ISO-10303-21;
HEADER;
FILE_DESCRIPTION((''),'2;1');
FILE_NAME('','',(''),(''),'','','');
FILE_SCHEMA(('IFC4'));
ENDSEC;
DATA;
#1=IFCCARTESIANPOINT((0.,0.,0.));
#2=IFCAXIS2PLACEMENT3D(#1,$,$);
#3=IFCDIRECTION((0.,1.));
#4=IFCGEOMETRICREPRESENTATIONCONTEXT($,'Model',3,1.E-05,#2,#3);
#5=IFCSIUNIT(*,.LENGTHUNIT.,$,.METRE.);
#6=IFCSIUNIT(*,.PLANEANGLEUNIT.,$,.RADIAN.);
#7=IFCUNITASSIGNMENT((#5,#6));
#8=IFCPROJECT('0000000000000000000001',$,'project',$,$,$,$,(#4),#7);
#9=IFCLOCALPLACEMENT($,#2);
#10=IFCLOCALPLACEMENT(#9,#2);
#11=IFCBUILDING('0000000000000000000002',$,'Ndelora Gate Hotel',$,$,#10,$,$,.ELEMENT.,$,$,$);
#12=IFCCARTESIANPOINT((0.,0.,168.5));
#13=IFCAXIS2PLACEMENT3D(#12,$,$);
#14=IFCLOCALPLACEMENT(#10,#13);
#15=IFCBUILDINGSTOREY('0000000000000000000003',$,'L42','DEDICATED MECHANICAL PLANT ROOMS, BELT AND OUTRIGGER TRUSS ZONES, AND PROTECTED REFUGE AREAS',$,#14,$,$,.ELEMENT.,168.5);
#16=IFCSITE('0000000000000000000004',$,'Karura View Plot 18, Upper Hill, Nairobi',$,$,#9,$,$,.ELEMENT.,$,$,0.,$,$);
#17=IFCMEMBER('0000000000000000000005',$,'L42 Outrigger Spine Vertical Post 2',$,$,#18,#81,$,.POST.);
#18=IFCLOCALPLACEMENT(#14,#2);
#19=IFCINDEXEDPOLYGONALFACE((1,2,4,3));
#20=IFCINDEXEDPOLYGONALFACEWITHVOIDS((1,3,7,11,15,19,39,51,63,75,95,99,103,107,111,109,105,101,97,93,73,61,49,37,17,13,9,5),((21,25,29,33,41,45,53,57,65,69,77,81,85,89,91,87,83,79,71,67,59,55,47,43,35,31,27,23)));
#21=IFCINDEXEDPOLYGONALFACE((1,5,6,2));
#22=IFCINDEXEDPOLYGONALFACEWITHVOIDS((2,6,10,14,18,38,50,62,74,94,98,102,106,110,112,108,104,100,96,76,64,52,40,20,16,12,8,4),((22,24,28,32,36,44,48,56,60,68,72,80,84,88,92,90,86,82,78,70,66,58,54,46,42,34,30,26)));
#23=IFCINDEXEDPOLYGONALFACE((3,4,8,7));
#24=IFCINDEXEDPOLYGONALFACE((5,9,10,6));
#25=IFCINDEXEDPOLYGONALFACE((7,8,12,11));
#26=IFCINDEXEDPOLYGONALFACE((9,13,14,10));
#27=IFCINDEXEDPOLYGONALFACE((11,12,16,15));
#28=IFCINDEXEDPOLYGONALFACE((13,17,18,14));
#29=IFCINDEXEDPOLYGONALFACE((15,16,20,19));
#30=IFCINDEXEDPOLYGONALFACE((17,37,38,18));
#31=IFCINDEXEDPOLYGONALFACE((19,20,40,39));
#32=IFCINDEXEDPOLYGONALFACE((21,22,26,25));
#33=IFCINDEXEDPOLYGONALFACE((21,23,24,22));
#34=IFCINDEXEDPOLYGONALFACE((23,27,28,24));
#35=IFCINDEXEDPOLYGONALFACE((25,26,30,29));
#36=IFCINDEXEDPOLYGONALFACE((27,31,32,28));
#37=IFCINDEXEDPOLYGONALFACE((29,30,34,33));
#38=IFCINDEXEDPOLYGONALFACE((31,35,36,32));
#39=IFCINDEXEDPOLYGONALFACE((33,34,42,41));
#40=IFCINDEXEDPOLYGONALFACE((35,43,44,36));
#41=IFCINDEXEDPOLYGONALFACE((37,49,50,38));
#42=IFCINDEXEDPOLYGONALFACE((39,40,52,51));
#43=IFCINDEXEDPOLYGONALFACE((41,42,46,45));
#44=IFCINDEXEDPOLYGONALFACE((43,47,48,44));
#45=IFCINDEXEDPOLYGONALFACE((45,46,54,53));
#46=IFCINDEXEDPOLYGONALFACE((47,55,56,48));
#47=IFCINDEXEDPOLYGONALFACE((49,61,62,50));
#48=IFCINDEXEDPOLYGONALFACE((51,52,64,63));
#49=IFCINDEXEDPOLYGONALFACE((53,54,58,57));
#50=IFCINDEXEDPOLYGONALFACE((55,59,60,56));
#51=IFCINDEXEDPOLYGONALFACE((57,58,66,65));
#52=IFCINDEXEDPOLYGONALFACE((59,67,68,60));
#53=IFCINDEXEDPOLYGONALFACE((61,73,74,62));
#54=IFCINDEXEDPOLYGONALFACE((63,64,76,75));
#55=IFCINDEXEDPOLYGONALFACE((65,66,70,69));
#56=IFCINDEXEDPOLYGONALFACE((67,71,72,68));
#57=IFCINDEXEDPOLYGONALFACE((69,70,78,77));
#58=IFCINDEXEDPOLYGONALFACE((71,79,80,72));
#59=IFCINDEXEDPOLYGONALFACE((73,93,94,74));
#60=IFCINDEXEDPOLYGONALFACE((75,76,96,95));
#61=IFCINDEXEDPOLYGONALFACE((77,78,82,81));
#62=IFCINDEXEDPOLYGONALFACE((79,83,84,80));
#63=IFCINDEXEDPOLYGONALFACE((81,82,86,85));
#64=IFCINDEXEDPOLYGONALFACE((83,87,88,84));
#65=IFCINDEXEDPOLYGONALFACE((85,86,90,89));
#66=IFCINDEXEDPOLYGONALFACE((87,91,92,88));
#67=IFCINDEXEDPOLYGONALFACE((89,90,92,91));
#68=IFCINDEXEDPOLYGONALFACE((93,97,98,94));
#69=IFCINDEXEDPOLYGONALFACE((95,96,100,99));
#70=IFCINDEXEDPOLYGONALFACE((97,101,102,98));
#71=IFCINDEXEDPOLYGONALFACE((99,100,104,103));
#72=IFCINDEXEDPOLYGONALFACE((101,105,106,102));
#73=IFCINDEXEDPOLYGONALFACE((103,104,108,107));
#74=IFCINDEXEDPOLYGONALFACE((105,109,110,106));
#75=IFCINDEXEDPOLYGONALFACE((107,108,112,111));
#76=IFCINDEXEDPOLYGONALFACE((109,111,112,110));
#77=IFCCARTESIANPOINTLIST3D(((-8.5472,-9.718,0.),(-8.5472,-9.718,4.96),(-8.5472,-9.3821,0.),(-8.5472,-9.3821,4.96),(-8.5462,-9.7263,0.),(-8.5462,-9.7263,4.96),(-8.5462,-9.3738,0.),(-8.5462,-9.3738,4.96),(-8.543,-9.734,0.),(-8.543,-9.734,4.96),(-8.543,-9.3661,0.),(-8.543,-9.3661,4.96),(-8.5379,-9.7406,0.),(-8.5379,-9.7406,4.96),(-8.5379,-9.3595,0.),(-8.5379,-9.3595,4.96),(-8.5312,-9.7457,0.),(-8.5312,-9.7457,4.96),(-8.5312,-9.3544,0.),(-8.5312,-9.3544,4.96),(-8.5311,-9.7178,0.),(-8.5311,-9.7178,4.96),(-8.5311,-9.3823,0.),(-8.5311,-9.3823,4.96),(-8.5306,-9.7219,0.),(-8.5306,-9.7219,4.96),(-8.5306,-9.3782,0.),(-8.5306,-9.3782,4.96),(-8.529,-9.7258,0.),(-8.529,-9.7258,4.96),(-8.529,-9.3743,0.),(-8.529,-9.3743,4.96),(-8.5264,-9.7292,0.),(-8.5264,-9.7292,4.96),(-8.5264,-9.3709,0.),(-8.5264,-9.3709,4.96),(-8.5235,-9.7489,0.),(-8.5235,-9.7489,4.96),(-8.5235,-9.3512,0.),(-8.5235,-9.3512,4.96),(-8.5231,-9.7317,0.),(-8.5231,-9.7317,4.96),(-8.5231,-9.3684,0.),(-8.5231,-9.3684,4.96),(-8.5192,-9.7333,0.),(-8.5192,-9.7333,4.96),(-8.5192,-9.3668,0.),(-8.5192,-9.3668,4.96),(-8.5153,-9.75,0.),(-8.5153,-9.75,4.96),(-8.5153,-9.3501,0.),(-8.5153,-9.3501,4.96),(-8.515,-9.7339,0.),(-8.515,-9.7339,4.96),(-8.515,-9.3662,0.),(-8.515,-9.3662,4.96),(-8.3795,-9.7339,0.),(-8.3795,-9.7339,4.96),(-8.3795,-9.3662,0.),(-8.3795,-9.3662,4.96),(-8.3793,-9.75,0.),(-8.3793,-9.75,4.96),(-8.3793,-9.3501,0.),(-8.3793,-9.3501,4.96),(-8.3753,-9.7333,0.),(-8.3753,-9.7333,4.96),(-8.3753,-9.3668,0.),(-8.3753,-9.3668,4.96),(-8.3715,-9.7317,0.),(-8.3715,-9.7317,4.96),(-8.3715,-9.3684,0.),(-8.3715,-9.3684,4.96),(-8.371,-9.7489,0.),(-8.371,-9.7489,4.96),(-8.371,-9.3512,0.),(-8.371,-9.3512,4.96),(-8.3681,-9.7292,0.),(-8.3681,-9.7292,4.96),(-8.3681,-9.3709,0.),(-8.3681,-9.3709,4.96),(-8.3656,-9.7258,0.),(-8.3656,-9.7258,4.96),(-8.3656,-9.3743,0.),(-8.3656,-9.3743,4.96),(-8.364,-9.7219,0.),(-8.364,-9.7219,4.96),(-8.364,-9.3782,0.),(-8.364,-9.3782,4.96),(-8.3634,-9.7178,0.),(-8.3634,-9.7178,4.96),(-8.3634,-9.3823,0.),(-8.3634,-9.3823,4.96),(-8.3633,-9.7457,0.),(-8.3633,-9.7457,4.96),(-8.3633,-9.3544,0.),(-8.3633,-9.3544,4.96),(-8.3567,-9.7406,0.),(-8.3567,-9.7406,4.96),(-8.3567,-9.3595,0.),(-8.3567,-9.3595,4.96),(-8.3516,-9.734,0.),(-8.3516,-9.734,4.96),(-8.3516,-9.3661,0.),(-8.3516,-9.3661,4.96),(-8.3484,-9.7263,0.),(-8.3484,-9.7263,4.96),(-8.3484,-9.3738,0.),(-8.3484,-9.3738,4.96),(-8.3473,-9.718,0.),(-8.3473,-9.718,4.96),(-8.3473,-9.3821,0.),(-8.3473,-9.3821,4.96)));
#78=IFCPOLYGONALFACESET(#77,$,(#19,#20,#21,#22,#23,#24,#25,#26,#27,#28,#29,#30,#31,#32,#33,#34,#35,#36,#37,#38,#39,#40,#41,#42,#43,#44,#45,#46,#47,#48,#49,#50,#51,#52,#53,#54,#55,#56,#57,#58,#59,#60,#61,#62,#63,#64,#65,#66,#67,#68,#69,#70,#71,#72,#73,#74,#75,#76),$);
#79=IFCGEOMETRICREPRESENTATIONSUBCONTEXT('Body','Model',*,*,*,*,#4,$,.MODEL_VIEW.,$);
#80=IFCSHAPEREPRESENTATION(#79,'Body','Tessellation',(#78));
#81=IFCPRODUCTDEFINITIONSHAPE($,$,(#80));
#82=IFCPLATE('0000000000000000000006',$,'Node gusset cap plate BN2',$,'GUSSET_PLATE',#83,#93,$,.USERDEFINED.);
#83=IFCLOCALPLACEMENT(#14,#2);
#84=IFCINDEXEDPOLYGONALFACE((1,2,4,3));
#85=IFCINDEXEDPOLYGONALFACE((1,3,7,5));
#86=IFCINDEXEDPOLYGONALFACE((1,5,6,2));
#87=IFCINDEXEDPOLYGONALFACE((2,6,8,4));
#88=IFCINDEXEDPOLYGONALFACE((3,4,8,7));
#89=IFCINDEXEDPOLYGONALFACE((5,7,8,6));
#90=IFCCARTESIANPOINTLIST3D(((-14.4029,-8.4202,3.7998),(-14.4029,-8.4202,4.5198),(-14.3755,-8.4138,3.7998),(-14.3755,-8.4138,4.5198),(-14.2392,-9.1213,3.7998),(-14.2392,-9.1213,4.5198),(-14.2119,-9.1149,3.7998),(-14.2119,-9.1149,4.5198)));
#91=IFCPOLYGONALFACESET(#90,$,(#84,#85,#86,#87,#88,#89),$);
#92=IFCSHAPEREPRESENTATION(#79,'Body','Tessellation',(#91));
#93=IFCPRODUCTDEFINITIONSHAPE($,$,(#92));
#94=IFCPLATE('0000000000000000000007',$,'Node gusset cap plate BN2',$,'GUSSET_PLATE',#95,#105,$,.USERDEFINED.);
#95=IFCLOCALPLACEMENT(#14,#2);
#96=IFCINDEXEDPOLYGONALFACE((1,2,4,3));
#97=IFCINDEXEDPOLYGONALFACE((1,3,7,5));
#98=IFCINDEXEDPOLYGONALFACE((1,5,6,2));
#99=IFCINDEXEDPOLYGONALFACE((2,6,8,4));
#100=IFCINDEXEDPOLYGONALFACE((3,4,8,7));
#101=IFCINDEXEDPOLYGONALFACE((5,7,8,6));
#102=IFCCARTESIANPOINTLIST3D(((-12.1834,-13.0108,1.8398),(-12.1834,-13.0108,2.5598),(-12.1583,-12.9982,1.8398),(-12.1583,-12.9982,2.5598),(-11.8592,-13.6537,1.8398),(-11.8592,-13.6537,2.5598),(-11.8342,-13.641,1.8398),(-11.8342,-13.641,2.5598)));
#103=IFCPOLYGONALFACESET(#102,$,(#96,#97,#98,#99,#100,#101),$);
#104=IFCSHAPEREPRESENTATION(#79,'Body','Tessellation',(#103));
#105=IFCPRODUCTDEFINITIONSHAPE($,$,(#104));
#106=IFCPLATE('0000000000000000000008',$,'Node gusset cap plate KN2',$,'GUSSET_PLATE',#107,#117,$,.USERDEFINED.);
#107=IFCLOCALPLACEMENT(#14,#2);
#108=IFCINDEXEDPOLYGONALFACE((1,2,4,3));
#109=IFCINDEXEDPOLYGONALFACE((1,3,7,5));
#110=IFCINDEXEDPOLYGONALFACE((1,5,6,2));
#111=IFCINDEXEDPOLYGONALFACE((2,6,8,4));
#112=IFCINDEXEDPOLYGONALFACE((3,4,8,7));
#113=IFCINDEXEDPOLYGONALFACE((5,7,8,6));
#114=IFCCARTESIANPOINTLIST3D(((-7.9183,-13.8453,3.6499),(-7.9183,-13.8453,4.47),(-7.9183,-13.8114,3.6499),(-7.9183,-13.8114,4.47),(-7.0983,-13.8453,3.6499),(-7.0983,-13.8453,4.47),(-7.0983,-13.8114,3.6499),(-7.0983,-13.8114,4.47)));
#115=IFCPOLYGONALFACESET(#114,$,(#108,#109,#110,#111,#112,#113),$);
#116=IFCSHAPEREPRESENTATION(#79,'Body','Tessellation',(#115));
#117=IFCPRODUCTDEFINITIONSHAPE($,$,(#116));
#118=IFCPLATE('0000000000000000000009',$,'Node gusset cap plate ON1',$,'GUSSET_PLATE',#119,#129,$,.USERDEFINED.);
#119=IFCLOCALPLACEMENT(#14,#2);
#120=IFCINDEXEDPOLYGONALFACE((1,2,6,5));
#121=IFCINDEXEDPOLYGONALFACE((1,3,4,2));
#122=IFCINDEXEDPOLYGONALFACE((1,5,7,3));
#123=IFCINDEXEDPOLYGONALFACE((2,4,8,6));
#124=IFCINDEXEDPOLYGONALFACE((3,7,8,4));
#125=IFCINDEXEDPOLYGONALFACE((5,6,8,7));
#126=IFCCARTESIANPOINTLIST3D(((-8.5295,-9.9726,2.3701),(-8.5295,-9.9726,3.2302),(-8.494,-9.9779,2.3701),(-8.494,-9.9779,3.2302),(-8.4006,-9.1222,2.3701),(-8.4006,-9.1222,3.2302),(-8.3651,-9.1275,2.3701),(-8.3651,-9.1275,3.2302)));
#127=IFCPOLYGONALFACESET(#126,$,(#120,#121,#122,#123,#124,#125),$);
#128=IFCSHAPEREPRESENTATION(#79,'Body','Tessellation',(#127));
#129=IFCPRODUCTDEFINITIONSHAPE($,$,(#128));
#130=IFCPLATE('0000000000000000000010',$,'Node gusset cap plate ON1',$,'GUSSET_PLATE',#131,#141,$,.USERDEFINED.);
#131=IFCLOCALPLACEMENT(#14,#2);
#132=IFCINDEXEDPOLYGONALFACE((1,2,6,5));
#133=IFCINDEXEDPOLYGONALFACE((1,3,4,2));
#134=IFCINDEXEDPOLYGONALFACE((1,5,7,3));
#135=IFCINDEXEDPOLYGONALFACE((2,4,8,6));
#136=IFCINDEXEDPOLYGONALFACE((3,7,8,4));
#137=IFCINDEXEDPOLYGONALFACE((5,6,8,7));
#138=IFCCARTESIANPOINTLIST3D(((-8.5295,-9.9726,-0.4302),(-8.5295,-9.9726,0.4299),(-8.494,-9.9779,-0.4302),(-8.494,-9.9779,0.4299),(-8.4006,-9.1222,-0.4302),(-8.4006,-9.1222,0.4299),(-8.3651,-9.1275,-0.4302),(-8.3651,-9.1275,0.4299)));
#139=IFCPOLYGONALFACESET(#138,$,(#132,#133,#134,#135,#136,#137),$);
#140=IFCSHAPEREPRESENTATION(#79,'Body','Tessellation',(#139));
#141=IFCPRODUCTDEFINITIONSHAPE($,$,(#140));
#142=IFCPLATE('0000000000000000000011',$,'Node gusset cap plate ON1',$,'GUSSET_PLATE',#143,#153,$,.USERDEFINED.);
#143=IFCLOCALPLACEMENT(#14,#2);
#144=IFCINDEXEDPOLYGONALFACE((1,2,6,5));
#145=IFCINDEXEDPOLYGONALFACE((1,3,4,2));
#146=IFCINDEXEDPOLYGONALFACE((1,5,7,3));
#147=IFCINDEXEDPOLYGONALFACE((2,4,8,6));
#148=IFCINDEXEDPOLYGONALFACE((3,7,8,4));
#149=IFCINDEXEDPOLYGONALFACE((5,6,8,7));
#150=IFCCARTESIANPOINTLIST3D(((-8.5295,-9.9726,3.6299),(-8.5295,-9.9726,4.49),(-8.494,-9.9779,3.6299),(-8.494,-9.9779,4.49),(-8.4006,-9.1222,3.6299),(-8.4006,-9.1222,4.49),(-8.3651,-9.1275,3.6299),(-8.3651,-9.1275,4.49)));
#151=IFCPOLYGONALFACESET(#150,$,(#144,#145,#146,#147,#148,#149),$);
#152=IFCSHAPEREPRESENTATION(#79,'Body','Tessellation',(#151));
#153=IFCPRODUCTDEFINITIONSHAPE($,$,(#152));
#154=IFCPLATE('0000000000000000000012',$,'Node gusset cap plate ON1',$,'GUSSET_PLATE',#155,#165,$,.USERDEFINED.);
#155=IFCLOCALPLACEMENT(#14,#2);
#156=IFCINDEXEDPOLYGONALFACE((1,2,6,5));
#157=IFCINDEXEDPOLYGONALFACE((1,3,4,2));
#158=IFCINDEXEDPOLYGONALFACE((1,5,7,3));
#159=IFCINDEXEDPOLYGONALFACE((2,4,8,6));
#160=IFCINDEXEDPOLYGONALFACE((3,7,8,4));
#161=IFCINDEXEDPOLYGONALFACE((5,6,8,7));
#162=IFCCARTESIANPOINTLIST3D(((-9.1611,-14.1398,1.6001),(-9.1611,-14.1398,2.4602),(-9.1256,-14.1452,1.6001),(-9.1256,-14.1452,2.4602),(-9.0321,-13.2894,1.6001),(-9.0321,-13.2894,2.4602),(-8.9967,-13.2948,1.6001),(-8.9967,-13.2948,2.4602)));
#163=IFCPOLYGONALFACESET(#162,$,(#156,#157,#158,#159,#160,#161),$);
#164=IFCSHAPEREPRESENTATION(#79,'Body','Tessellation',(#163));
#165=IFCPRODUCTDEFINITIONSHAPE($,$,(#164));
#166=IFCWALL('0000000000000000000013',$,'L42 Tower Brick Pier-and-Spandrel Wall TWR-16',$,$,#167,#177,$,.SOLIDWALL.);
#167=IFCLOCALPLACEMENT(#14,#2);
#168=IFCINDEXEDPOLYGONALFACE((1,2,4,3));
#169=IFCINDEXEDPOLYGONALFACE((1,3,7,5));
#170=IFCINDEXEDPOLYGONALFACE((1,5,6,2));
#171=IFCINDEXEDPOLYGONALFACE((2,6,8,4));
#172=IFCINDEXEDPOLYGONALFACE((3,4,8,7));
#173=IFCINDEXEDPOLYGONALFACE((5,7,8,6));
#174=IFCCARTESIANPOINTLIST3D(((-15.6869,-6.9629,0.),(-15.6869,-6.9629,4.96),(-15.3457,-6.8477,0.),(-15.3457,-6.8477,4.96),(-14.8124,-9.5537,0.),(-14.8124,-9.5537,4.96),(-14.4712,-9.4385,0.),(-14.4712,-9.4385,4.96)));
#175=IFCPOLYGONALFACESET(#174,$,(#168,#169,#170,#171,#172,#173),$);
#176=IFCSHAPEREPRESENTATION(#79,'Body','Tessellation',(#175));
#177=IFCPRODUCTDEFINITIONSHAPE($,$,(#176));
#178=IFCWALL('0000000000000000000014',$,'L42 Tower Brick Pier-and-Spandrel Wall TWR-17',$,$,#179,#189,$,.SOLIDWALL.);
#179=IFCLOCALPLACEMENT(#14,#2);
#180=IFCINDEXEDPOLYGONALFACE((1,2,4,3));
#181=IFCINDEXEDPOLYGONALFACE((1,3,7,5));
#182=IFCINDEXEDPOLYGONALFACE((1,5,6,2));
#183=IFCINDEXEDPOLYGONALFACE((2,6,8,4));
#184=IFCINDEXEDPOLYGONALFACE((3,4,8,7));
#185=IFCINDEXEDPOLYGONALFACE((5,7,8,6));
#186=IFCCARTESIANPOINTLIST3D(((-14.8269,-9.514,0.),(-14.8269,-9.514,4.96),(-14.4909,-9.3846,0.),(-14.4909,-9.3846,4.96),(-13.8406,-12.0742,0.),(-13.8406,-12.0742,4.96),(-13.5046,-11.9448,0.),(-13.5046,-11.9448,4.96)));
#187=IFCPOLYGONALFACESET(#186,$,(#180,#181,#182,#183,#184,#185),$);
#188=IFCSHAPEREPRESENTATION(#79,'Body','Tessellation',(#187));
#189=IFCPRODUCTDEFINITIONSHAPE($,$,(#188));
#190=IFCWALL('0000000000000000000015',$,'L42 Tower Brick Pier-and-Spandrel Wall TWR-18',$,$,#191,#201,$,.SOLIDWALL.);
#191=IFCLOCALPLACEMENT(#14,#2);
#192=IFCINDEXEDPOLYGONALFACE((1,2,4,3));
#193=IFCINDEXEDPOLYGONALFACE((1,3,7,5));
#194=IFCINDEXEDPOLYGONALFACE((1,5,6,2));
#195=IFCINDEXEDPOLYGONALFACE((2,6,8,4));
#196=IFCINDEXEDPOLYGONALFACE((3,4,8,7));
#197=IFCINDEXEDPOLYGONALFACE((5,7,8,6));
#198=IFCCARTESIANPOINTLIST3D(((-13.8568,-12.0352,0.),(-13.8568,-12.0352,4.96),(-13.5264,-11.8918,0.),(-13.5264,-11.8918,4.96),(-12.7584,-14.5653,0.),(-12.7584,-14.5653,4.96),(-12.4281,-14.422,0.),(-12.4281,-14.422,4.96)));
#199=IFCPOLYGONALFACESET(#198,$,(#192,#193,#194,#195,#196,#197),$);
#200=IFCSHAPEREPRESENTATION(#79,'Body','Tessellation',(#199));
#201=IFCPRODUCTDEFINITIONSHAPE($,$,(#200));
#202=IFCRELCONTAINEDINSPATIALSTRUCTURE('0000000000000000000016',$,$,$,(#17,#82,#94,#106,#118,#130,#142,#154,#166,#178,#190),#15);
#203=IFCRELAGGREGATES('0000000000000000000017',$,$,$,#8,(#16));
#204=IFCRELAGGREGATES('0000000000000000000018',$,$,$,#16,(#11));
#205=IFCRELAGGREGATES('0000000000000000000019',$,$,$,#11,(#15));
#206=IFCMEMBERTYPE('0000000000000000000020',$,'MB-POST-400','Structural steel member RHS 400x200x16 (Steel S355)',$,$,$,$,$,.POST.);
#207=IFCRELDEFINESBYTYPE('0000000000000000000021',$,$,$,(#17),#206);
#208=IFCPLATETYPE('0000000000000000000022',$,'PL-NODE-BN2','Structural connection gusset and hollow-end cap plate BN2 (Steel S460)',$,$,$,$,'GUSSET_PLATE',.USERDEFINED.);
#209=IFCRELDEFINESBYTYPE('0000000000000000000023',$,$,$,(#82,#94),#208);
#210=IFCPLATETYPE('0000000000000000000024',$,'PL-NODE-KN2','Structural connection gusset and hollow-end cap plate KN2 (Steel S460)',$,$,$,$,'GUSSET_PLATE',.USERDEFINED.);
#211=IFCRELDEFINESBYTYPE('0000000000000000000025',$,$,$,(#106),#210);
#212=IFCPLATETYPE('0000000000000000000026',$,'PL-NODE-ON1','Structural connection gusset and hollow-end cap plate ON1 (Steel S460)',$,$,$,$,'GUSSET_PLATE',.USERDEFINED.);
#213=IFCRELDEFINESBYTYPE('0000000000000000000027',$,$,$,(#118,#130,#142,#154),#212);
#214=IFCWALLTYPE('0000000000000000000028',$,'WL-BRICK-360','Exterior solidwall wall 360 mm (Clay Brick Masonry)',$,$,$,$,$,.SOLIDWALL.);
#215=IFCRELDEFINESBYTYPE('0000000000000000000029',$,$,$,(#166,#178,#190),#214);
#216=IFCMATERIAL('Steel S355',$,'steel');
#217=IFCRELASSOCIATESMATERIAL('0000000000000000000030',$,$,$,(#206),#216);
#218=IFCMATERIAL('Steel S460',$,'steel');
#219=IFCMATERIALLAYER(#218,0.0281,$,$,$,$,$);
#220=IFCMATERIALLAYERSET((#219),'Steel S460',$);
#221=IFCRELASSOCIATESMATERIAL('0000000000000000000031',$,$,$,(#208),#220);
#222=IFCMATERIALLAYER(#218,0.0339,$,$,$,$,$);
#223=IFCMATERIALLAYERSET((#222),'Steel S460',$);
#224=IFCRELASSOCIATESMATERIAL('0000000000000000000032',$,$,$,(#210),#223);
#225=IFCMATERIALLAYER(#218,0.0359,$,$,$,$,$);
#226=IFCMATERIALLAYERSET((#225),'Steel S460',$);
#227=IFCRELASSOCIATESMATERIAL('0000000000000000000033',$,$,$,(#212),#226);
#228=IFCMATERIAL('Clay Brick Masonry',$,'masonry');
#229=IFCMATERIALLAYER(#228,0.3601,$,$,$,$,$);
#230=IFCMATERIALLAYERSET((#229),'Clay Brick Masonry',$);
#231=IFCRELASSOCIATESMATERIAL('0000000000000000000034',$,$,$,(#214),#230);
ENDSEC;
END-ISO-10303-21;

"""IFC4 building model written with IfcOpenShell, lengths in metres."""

from ifc_helpers import new_model, si_unit, direction, frame, frame_2d, origin, origin_2d, place, context, subcontext, project, spatial, rectangle, hollow_rectangle, extrude, material, layer, layer_set, material_profile, profile_set, type_object, element, save


model = new_model("IFC4")

# Units and contexts
model_context = context("Model", 3, precision=1e-05, world=origin(), true_north=direction((0.0, 1.0)))
body_context = subcontext(model_context, "Body", "Model", "MODEL_VIEW")
ifc_project = project(units=[si_unit("LENGTHUNIT", "METRE"), si_unit("PLANEANGLEUNIT", "RADIAN")], contexts=[model_context])

# Site, building, storey
site_placement = place(None, origin())
site = spatial("IfcSite", under=ifc_project, at=site_placement, Name="Karura View Plot 18, Upper Hill, Nairobi", CompositionType="ELEMENT", RefElevation=0.0)
building_placement = place(site_placement, origin())
building = spatial("IfcBuilding", under=site, at=building_placement, Name="Ndelora Gate Hotel", CompositionType="ELEMENT")
storey_placement = place(building_placement, frame((0.0, 0.0, 168.5)))
storey = spatial("IfcBuildingStorey", under=building, at=storey_placement, Name="L42", Description="DEDICATED MECHANICAL PLANT ROOMS, BELT AND OUTRIGGER TRUSS ZONES, AND PROTECTED REFUGE AREAS", CompositionType="ELEMENT", Elevation=168.5)

# Shared definitions
ifc_material_1 = material(Name="Steel S460", Category="steel")

# Member
ifc_material_2 = material(Name="Steel S355", Category="steel")
ifc_material_profile_1 = material_profile(ifc_material_2, hollow_rectangle(XDim=0.2, YDim=0.3999, WallThickness=0.0161, InnerFilletRadius=0.0161, OuterFilletRadius=0.032, at=origin_2d()), Name="RHS 400x200x16")
ifc_profile_set_1 = profile_set([ifc_material_profile_1], Name="Steel S355")
member_type_1 = type_object("IfcMemberType", Name="MB-POST-400", Description="Structural steel member RHS 400x200x16 (Steel S355)", PredefinedType="POST", material=ifc_profile_set_1)
member_1_placement = place(storey_placement, frame((-8.4473, -9.55, 0.0), z_axis=(0.0, 0.0, 1.0), x_axis=(1.0, 0.0, 0.0)))
element("IfcMember", 1, at=member_1_placement, inside=storey, type_object=member_type_1, Name="L42 Outrigger Spine Vertical Post 2", PredefinedType="POST", context=body_context, shape_type="SweptSolid", body=[
    extrude(hollow_rectangle(XDim=0.2, YDim=0.3999, WallThickness=0.0161, InnerFilletRadius=0.0161, OuterFilletRadius=0.032, at=origin_2d()), origin(), (0.0, 0.0, 1.0), 4.96),
])

# Plates
ifc_layer_1 = layer(ifc_material_1, 0.0281)
ifc_layer_set_1 = layer_set([ifc_layer_1], Name="Steel S460")
plate_type_1 = type_object("IfcPlateType", Name="PL-NODE-BN2", Description="Structural connection gusset and hollow-end cap plate BN2 (Steel S460)", ElementType="GUSSET_PLATE", PredefinedType="USERDEFINED", material=ifc_layer_set_1)
for number, where, z_axis, x_axis, name in (
    (2, (-14.3074, -8.7676, 3.7998), (0.0, 0.0, 1.0), (-0.227331, 0.973817, 0.0), "Node gusset cap plate BN2"),
    (3, (-12.0088, -13.3259, 1.8398), (0.0, 0.0, 1.0), (-0.450254, 0.8929, 0.0), "Node gusset cap plate BN2"),
):
    element("IfcPlate", number, at=place(storey_placement, frame(where, z_axis=z_axis, x_axis=x_axis)), inside=storey, type_object=plate_type_1, Name=name, ObjectType="GUSSET_PLATE", PredefinedType="USERDEFINED", context=body_context, shape_type="SweptSolid", body=[
        extrude(rectangle(XDim=0.72, YDim=0.0281, at=origin_2d()), origin(), (0.0, 0.0, 1.0), 0.72),
    ])
ifc_layer_2 = layer(ifc_material_1, 0.0339)
ifc_layer_set_2 = layer_set([ifc_layer_2], Name="Steel S460")
plate_type_2 = type_object("IfcPlateType", Name="PL-NODE-KN2", Description="Structural connection gusset and hollow-end cap plate KN2 (Steel S460)", ElementType="GUSSET_PLATE", PredefinedType="USERDEFINED", material=ifc_layer_set_2)
plate_placement = place(storey_placement, frame((-7.5083, -13.8284, 3.6499), z_axis=(0.0, 0.0, 1.0), x_axis=(1.0, 0.0, 0.0)))
element("IfcPlate", 4, at=plate_placement, inside=storey, type_object=plate_type_2, Name="Node gusset cap plate KN2", ObjectType="GUSSET_PLATE", PredefinedType="USERDEFINED", context=body_context, shape_type="SweptSolid", body=[
    extrude(rectangle(XDim=0.8201, YDim=0.0339, at=origin_2d()), origin(), (0.0, 0.0, 1.0), 0.8201),
])
ifc_layer_3 = layer(ifc_material_1, 0.0359)
ifc_layer_set_3 = layer_set([ifc_layer_3], Name="Steel S460")
plate_type_3 = type_object("IfcPlateType", Name="PL-NODE-ON1", Description="Structural connection gusset and hollow-end cap plate ON1 (Steel S460)", ElementType="GUSSET_PLATE", PredefinedType="USERDEFINED", material=ifc_layer_set_3)
for number, where, z_axis, x_axis, name in (
    (5, (-8.4473, -9.55, 2.3701), (0.0, 0.0, 1.0), (0.14988, 0.988704, 0.0), "Node gusset cap plate ON1"),
    (6, (-8.4473, -9.55, -0.4302), (0.0, 0.0, 1.0), (0.14988, 0.988704, 0.0), "Node gusset cap plate ON1"),
    (7, (-8.4473, -9.55, 3.6299), (0.0, 0.0, 1.0), (0.14988, 0.988704, 0.0), "Node gusset cap plate ON1"),
    (8, (-9.0789, -13.7173, 1.6001), (0.0, 0.0, 1.0), (0.14988, 0.988704, 0.0), "Node gusset cap plate ON1"),
):
    element("IfcPlate", number, at=place(storey_placement, frame(where, z_axis=z_axis, x_axis=x_axis)), inside=storey, type_object=plate_type_3, Name=name, ObjectType="GUSSET_PLATE", PredefinedType="USERDEFINED", context=body_context, shape_type="SweptSolid", body=[
        extrude(rectangle(XDim=0.8601, YDim=0.0359, at=origin_2d()), origin(), (0.0, 0.0, 1.0), 0.8601),
    ])

# Walls
ifc_material_3 = material(Name="Clay Brick Masonry", Category="masonry")
ifc_layer_4 = layer(ifc_material_3, 0.3601)
ifc_layer_set_4 = layer_set([ifc_layer_4], Name="Clay Brick Masonry")
wall_type_1 = type_object("IfcWallType", Name="WL-BRICK-360", Description="Exterior solidwall wall 360 mm (Clay Brick Masonry)", PredefinedType="SOLIDWALL", material=ifc_layer_set_4)
wall_1_placement = place(storey_placement, frame((-14.6418, -9.4961, 0.0), z_axis=(0.0, 0.0, 1.0), x_axis=(-0.319815, 0.94748, 0.0)))
element("IfcWall", 9, at=wall_1_placement, inside=storey, type_object=wall_type_1, Name="L42 Tower Brick Pier-and-Spandrel Wall TWR-16", PredefinedType="SOLIDWALL", context=body_context, shape_type="SweptSolid", body=[
    extrude(rectangle(XDim=2.7344, YDim=0.3601, at=frame_2d((1.3672, 0.0))), origin(), (0.0, 0.0, 1.0), 4.96),
])
wall_2_placement = place(storey_placement, frame((-13.6726, -12.0095, 0.0), z_axis=(0.0, 0.0, 1.0), x_axis=(-0.359486, 0.933151, 0.0)))
element("IfcWall", 10, at=wall_2_placement, inside=storey, type_object=wall_type_1, Name="L42 Tower Brick Pier-and-Spandrel Wall TWR-17", PredefinedType="SOLIDWALL", context=body_context, shape_type="SweptSolid", body=[
    extrude(rectangle(XDim=2.7437, YDim=0.3601, at=frame_2d((1.3718, 0.0))), origin(), (0.0, 0.0, 1.0), 4.96),
])
wall_3_placement = place(storey_placement, frame((-12.5933, -14.4937, 0.0), z_axis=(0.0, 0.0, 1.0), x_axis=(-0.398199, 0.917299, 0.0)))
element("IfcWall", 11, at=wall_3_placement, inside=storey, type_object=wall_type_1, Name="L42 Tower Brick Pier-and-Spandrel Wall TWR-18", PredefinedType="SOLIDWALL", context=body_context, shape_type="SweptSolid", body=[
    extrude(rectangle(XDim=2.7583, YDim=0.3601, at=frame_2d((1.3792, 0.0))), origin(), (0.0, 0.0, 1.0), 4.96),
])

save(model, "model.ifc")
